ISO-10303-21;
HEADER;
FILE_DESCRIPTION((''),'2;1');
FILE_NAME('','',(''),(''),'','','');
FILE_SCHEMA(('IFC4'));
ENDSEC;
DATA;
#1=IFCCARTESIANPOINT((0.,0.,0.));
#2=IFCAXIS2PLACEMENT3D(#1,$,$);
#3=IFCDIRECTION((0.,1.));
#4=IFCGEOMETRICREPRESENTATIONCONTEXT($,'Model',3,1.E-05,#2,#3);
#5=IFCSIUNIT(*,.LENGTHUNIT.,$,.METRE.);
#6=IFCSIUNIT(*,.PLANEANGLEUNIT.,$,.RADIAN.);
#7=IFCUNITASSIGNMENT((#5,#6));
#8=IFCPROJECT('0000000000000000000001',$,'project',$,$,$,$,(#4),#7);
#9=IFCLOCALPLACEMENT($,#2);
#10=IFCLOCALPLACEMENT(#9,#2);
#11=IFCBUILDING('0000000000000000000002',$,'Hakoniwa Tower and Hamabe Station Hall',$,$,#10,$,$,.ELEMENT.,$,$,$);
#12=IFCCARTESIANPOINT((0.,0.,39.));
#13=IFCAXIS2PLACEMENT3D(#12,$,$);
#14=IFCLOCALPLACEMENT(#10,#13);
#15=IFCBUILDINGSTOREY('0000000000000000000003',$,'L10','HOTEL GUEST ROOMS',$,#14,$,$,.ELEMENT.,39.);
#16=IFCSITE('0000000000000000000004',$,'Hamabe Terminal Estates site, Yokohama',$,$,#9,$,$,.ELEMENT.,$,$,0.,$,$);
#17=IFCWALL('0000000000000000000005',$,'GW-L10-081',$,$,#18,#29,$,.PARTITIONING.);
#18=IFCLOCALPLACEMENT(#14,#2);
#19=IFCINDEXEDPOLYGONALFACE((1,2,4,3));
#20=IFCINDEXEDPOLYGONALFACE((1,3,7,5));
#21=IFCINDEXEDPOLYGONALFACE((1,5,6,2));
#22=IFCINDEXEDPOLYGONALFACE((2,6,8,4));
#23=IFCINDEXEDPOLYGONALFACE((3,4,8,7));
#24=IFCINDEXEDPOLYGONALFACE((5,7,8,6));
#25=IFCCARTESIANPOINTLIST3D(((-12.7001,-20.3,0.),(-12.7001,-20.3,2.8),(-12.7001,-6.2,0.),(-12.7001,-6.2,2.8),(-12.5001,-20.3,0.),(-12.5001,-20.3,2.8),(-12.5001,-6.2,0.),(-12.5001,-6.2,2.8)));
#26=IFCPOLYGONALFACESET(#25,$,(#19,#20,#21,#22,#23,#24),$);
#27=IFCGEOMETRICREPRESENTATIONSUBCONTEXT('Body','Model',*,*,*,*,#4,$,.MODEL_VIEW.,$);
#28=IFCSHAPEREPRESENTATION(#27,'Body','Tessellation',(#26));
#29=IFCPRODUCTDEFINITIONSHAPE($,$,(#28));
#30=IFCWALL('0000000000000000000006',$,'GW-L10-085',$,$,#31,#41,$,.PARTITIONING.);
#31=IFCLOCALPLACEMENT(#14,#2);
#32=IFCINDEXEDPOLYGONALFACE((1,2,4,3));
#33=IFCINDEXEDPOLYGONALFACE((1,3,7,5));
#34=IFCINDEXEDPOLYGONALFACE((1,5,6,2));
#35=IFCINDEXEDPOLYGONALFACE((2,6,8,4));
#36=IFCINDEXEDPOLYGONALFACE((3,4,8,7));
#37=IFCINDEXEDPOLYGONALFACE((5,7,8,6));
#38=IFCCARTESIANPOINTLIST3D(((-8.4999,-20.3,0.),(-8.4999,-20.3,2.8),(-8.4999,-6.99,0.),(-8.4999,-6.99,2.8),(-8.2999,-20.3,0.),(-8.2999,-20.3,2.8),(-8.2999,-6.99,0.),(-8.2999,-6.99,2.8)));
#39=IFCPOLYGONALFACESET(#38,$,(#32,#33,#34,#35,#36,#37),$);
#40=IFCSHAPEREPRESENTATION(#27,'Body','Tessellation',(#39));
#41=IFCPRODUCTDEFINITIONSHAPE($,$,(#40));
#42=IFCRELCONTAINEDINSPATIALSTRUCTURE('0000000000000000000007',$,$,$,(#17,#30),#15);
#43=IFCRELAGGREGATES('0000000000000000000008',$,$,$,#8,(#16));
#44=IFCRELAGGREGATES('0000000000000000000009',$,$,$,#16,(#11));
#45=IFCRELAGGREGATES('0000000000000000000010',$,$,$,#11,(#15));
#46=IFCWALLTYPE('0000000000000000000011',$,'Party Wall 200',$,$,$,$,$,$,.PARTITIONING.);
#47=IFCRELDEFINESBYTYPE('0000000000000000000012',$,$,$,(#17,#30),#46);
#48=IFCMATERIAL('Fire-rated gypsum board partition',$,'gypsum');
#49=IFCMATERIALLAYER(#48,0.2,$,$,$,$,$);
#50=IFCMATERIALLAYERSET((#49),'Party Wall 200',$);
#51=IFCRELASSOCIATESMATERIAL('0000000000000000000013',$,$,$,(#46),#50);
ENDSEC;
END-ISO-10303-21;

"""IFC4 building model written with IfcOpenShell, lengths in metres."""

from ifc_helpers import new_model, si_unit, direction, frame, frame_2d, origin, place, context, subcontext, project, spatial, rectangle, extrude, material, layer, layer_set, type_object, element, save


model = new_model("IFC4")

# Units and contexts
model_context = context("Model", 3, precision=1e-05, world=origin(), true_north=direction((0.0, 1.0)))
body_context = subcontext(model_context, "Body", "Model", "MODEL_VIEW")
ifc_project = project(units=[si_unit("LENGTHUNIT", "METRE"), si_unit("PLANEANGLEUNIT", "RADIAN")], contexts=[model_context])

# Site, building, storey
site_placement = place(None, origin())
site = spatial("IfcSite", under=ifc_project, at=site_placement, Name="Hamabe Terminal Estates site, Yokohama", CompositionType="ELEMENT", RefElevation=0.0)
building_placement = place(site_placement, origin())
building = spatial("IfcBuilding", under=site, at=building_placement, Name="Hakoniwa Tower and Hamabe Station Hall", CompositionType="ELEMENT")
storey_placement = place(building_placement, frame((0.0, 0.0, 39.0)))
storey = spatial("IfcBuildingStorey", under=building, at=storey_placement, Name="L10", Description="HOTEL GUEST ROOMS", CompositionType="ELEMENT", Elevation=39.0)

# Walls
ifc_material_1 = material(Name="Fire-rated gypsum board partition", Category="gypsum")
ifc_layer_1 = layer(ifc_material_1, 0.2)
ifc_layer_set_1 = layer_set([ifc_layer_1], Name="Party Wall 200")
wall_type_1 = type_object("IfcWallType", Name="Party Wall 200", PredefinedType="PARTITIONING", material=ifc_layer_set_1)
wall_1_placement = place(storey_placement, frame((-12.6001, -20.3, 0.0), z_axis=(0.0, 0.0, 1.0), x_axis=(0.0, 1.0, 0.0)))
element("IfcWall", 1, at=wall_1_placement, inside=storey, type_object=wall_type_1, Name="GW-L10-081", PredefinedType="PARTITIONING", context=body_context, shape_type="SweptSolid", body=[
    extrude(rectangle(XDim=14.1001, YDim=0.2, at=frame_2d((7.05, 0.0))), origin(), (0.0, 0.0, 1.0), 2.8),
])
wall_2_placement = place(storey_placement, frame((-8.3999, -20.3, 0.0), z_axis=(0.0, 0.0, 1.0), x_axis=(0.0, 1.0, 0.0)))
element("IfcWall", 2, at=wall_2_placement, inside=storey, type_object=wall_type_1, Name="GW-L10-085", PredefinedType="PARTITIONING", context=body_context, shape_type="SweptSolid", body=[
    extrude(rectangle(XDim=13.3101, YDim=0.2, at=frame_2d((6.655, 0.0))), origin(), (0.0, 0.0, 1.0), 2.8),
])

save(model, "model.ifc")
